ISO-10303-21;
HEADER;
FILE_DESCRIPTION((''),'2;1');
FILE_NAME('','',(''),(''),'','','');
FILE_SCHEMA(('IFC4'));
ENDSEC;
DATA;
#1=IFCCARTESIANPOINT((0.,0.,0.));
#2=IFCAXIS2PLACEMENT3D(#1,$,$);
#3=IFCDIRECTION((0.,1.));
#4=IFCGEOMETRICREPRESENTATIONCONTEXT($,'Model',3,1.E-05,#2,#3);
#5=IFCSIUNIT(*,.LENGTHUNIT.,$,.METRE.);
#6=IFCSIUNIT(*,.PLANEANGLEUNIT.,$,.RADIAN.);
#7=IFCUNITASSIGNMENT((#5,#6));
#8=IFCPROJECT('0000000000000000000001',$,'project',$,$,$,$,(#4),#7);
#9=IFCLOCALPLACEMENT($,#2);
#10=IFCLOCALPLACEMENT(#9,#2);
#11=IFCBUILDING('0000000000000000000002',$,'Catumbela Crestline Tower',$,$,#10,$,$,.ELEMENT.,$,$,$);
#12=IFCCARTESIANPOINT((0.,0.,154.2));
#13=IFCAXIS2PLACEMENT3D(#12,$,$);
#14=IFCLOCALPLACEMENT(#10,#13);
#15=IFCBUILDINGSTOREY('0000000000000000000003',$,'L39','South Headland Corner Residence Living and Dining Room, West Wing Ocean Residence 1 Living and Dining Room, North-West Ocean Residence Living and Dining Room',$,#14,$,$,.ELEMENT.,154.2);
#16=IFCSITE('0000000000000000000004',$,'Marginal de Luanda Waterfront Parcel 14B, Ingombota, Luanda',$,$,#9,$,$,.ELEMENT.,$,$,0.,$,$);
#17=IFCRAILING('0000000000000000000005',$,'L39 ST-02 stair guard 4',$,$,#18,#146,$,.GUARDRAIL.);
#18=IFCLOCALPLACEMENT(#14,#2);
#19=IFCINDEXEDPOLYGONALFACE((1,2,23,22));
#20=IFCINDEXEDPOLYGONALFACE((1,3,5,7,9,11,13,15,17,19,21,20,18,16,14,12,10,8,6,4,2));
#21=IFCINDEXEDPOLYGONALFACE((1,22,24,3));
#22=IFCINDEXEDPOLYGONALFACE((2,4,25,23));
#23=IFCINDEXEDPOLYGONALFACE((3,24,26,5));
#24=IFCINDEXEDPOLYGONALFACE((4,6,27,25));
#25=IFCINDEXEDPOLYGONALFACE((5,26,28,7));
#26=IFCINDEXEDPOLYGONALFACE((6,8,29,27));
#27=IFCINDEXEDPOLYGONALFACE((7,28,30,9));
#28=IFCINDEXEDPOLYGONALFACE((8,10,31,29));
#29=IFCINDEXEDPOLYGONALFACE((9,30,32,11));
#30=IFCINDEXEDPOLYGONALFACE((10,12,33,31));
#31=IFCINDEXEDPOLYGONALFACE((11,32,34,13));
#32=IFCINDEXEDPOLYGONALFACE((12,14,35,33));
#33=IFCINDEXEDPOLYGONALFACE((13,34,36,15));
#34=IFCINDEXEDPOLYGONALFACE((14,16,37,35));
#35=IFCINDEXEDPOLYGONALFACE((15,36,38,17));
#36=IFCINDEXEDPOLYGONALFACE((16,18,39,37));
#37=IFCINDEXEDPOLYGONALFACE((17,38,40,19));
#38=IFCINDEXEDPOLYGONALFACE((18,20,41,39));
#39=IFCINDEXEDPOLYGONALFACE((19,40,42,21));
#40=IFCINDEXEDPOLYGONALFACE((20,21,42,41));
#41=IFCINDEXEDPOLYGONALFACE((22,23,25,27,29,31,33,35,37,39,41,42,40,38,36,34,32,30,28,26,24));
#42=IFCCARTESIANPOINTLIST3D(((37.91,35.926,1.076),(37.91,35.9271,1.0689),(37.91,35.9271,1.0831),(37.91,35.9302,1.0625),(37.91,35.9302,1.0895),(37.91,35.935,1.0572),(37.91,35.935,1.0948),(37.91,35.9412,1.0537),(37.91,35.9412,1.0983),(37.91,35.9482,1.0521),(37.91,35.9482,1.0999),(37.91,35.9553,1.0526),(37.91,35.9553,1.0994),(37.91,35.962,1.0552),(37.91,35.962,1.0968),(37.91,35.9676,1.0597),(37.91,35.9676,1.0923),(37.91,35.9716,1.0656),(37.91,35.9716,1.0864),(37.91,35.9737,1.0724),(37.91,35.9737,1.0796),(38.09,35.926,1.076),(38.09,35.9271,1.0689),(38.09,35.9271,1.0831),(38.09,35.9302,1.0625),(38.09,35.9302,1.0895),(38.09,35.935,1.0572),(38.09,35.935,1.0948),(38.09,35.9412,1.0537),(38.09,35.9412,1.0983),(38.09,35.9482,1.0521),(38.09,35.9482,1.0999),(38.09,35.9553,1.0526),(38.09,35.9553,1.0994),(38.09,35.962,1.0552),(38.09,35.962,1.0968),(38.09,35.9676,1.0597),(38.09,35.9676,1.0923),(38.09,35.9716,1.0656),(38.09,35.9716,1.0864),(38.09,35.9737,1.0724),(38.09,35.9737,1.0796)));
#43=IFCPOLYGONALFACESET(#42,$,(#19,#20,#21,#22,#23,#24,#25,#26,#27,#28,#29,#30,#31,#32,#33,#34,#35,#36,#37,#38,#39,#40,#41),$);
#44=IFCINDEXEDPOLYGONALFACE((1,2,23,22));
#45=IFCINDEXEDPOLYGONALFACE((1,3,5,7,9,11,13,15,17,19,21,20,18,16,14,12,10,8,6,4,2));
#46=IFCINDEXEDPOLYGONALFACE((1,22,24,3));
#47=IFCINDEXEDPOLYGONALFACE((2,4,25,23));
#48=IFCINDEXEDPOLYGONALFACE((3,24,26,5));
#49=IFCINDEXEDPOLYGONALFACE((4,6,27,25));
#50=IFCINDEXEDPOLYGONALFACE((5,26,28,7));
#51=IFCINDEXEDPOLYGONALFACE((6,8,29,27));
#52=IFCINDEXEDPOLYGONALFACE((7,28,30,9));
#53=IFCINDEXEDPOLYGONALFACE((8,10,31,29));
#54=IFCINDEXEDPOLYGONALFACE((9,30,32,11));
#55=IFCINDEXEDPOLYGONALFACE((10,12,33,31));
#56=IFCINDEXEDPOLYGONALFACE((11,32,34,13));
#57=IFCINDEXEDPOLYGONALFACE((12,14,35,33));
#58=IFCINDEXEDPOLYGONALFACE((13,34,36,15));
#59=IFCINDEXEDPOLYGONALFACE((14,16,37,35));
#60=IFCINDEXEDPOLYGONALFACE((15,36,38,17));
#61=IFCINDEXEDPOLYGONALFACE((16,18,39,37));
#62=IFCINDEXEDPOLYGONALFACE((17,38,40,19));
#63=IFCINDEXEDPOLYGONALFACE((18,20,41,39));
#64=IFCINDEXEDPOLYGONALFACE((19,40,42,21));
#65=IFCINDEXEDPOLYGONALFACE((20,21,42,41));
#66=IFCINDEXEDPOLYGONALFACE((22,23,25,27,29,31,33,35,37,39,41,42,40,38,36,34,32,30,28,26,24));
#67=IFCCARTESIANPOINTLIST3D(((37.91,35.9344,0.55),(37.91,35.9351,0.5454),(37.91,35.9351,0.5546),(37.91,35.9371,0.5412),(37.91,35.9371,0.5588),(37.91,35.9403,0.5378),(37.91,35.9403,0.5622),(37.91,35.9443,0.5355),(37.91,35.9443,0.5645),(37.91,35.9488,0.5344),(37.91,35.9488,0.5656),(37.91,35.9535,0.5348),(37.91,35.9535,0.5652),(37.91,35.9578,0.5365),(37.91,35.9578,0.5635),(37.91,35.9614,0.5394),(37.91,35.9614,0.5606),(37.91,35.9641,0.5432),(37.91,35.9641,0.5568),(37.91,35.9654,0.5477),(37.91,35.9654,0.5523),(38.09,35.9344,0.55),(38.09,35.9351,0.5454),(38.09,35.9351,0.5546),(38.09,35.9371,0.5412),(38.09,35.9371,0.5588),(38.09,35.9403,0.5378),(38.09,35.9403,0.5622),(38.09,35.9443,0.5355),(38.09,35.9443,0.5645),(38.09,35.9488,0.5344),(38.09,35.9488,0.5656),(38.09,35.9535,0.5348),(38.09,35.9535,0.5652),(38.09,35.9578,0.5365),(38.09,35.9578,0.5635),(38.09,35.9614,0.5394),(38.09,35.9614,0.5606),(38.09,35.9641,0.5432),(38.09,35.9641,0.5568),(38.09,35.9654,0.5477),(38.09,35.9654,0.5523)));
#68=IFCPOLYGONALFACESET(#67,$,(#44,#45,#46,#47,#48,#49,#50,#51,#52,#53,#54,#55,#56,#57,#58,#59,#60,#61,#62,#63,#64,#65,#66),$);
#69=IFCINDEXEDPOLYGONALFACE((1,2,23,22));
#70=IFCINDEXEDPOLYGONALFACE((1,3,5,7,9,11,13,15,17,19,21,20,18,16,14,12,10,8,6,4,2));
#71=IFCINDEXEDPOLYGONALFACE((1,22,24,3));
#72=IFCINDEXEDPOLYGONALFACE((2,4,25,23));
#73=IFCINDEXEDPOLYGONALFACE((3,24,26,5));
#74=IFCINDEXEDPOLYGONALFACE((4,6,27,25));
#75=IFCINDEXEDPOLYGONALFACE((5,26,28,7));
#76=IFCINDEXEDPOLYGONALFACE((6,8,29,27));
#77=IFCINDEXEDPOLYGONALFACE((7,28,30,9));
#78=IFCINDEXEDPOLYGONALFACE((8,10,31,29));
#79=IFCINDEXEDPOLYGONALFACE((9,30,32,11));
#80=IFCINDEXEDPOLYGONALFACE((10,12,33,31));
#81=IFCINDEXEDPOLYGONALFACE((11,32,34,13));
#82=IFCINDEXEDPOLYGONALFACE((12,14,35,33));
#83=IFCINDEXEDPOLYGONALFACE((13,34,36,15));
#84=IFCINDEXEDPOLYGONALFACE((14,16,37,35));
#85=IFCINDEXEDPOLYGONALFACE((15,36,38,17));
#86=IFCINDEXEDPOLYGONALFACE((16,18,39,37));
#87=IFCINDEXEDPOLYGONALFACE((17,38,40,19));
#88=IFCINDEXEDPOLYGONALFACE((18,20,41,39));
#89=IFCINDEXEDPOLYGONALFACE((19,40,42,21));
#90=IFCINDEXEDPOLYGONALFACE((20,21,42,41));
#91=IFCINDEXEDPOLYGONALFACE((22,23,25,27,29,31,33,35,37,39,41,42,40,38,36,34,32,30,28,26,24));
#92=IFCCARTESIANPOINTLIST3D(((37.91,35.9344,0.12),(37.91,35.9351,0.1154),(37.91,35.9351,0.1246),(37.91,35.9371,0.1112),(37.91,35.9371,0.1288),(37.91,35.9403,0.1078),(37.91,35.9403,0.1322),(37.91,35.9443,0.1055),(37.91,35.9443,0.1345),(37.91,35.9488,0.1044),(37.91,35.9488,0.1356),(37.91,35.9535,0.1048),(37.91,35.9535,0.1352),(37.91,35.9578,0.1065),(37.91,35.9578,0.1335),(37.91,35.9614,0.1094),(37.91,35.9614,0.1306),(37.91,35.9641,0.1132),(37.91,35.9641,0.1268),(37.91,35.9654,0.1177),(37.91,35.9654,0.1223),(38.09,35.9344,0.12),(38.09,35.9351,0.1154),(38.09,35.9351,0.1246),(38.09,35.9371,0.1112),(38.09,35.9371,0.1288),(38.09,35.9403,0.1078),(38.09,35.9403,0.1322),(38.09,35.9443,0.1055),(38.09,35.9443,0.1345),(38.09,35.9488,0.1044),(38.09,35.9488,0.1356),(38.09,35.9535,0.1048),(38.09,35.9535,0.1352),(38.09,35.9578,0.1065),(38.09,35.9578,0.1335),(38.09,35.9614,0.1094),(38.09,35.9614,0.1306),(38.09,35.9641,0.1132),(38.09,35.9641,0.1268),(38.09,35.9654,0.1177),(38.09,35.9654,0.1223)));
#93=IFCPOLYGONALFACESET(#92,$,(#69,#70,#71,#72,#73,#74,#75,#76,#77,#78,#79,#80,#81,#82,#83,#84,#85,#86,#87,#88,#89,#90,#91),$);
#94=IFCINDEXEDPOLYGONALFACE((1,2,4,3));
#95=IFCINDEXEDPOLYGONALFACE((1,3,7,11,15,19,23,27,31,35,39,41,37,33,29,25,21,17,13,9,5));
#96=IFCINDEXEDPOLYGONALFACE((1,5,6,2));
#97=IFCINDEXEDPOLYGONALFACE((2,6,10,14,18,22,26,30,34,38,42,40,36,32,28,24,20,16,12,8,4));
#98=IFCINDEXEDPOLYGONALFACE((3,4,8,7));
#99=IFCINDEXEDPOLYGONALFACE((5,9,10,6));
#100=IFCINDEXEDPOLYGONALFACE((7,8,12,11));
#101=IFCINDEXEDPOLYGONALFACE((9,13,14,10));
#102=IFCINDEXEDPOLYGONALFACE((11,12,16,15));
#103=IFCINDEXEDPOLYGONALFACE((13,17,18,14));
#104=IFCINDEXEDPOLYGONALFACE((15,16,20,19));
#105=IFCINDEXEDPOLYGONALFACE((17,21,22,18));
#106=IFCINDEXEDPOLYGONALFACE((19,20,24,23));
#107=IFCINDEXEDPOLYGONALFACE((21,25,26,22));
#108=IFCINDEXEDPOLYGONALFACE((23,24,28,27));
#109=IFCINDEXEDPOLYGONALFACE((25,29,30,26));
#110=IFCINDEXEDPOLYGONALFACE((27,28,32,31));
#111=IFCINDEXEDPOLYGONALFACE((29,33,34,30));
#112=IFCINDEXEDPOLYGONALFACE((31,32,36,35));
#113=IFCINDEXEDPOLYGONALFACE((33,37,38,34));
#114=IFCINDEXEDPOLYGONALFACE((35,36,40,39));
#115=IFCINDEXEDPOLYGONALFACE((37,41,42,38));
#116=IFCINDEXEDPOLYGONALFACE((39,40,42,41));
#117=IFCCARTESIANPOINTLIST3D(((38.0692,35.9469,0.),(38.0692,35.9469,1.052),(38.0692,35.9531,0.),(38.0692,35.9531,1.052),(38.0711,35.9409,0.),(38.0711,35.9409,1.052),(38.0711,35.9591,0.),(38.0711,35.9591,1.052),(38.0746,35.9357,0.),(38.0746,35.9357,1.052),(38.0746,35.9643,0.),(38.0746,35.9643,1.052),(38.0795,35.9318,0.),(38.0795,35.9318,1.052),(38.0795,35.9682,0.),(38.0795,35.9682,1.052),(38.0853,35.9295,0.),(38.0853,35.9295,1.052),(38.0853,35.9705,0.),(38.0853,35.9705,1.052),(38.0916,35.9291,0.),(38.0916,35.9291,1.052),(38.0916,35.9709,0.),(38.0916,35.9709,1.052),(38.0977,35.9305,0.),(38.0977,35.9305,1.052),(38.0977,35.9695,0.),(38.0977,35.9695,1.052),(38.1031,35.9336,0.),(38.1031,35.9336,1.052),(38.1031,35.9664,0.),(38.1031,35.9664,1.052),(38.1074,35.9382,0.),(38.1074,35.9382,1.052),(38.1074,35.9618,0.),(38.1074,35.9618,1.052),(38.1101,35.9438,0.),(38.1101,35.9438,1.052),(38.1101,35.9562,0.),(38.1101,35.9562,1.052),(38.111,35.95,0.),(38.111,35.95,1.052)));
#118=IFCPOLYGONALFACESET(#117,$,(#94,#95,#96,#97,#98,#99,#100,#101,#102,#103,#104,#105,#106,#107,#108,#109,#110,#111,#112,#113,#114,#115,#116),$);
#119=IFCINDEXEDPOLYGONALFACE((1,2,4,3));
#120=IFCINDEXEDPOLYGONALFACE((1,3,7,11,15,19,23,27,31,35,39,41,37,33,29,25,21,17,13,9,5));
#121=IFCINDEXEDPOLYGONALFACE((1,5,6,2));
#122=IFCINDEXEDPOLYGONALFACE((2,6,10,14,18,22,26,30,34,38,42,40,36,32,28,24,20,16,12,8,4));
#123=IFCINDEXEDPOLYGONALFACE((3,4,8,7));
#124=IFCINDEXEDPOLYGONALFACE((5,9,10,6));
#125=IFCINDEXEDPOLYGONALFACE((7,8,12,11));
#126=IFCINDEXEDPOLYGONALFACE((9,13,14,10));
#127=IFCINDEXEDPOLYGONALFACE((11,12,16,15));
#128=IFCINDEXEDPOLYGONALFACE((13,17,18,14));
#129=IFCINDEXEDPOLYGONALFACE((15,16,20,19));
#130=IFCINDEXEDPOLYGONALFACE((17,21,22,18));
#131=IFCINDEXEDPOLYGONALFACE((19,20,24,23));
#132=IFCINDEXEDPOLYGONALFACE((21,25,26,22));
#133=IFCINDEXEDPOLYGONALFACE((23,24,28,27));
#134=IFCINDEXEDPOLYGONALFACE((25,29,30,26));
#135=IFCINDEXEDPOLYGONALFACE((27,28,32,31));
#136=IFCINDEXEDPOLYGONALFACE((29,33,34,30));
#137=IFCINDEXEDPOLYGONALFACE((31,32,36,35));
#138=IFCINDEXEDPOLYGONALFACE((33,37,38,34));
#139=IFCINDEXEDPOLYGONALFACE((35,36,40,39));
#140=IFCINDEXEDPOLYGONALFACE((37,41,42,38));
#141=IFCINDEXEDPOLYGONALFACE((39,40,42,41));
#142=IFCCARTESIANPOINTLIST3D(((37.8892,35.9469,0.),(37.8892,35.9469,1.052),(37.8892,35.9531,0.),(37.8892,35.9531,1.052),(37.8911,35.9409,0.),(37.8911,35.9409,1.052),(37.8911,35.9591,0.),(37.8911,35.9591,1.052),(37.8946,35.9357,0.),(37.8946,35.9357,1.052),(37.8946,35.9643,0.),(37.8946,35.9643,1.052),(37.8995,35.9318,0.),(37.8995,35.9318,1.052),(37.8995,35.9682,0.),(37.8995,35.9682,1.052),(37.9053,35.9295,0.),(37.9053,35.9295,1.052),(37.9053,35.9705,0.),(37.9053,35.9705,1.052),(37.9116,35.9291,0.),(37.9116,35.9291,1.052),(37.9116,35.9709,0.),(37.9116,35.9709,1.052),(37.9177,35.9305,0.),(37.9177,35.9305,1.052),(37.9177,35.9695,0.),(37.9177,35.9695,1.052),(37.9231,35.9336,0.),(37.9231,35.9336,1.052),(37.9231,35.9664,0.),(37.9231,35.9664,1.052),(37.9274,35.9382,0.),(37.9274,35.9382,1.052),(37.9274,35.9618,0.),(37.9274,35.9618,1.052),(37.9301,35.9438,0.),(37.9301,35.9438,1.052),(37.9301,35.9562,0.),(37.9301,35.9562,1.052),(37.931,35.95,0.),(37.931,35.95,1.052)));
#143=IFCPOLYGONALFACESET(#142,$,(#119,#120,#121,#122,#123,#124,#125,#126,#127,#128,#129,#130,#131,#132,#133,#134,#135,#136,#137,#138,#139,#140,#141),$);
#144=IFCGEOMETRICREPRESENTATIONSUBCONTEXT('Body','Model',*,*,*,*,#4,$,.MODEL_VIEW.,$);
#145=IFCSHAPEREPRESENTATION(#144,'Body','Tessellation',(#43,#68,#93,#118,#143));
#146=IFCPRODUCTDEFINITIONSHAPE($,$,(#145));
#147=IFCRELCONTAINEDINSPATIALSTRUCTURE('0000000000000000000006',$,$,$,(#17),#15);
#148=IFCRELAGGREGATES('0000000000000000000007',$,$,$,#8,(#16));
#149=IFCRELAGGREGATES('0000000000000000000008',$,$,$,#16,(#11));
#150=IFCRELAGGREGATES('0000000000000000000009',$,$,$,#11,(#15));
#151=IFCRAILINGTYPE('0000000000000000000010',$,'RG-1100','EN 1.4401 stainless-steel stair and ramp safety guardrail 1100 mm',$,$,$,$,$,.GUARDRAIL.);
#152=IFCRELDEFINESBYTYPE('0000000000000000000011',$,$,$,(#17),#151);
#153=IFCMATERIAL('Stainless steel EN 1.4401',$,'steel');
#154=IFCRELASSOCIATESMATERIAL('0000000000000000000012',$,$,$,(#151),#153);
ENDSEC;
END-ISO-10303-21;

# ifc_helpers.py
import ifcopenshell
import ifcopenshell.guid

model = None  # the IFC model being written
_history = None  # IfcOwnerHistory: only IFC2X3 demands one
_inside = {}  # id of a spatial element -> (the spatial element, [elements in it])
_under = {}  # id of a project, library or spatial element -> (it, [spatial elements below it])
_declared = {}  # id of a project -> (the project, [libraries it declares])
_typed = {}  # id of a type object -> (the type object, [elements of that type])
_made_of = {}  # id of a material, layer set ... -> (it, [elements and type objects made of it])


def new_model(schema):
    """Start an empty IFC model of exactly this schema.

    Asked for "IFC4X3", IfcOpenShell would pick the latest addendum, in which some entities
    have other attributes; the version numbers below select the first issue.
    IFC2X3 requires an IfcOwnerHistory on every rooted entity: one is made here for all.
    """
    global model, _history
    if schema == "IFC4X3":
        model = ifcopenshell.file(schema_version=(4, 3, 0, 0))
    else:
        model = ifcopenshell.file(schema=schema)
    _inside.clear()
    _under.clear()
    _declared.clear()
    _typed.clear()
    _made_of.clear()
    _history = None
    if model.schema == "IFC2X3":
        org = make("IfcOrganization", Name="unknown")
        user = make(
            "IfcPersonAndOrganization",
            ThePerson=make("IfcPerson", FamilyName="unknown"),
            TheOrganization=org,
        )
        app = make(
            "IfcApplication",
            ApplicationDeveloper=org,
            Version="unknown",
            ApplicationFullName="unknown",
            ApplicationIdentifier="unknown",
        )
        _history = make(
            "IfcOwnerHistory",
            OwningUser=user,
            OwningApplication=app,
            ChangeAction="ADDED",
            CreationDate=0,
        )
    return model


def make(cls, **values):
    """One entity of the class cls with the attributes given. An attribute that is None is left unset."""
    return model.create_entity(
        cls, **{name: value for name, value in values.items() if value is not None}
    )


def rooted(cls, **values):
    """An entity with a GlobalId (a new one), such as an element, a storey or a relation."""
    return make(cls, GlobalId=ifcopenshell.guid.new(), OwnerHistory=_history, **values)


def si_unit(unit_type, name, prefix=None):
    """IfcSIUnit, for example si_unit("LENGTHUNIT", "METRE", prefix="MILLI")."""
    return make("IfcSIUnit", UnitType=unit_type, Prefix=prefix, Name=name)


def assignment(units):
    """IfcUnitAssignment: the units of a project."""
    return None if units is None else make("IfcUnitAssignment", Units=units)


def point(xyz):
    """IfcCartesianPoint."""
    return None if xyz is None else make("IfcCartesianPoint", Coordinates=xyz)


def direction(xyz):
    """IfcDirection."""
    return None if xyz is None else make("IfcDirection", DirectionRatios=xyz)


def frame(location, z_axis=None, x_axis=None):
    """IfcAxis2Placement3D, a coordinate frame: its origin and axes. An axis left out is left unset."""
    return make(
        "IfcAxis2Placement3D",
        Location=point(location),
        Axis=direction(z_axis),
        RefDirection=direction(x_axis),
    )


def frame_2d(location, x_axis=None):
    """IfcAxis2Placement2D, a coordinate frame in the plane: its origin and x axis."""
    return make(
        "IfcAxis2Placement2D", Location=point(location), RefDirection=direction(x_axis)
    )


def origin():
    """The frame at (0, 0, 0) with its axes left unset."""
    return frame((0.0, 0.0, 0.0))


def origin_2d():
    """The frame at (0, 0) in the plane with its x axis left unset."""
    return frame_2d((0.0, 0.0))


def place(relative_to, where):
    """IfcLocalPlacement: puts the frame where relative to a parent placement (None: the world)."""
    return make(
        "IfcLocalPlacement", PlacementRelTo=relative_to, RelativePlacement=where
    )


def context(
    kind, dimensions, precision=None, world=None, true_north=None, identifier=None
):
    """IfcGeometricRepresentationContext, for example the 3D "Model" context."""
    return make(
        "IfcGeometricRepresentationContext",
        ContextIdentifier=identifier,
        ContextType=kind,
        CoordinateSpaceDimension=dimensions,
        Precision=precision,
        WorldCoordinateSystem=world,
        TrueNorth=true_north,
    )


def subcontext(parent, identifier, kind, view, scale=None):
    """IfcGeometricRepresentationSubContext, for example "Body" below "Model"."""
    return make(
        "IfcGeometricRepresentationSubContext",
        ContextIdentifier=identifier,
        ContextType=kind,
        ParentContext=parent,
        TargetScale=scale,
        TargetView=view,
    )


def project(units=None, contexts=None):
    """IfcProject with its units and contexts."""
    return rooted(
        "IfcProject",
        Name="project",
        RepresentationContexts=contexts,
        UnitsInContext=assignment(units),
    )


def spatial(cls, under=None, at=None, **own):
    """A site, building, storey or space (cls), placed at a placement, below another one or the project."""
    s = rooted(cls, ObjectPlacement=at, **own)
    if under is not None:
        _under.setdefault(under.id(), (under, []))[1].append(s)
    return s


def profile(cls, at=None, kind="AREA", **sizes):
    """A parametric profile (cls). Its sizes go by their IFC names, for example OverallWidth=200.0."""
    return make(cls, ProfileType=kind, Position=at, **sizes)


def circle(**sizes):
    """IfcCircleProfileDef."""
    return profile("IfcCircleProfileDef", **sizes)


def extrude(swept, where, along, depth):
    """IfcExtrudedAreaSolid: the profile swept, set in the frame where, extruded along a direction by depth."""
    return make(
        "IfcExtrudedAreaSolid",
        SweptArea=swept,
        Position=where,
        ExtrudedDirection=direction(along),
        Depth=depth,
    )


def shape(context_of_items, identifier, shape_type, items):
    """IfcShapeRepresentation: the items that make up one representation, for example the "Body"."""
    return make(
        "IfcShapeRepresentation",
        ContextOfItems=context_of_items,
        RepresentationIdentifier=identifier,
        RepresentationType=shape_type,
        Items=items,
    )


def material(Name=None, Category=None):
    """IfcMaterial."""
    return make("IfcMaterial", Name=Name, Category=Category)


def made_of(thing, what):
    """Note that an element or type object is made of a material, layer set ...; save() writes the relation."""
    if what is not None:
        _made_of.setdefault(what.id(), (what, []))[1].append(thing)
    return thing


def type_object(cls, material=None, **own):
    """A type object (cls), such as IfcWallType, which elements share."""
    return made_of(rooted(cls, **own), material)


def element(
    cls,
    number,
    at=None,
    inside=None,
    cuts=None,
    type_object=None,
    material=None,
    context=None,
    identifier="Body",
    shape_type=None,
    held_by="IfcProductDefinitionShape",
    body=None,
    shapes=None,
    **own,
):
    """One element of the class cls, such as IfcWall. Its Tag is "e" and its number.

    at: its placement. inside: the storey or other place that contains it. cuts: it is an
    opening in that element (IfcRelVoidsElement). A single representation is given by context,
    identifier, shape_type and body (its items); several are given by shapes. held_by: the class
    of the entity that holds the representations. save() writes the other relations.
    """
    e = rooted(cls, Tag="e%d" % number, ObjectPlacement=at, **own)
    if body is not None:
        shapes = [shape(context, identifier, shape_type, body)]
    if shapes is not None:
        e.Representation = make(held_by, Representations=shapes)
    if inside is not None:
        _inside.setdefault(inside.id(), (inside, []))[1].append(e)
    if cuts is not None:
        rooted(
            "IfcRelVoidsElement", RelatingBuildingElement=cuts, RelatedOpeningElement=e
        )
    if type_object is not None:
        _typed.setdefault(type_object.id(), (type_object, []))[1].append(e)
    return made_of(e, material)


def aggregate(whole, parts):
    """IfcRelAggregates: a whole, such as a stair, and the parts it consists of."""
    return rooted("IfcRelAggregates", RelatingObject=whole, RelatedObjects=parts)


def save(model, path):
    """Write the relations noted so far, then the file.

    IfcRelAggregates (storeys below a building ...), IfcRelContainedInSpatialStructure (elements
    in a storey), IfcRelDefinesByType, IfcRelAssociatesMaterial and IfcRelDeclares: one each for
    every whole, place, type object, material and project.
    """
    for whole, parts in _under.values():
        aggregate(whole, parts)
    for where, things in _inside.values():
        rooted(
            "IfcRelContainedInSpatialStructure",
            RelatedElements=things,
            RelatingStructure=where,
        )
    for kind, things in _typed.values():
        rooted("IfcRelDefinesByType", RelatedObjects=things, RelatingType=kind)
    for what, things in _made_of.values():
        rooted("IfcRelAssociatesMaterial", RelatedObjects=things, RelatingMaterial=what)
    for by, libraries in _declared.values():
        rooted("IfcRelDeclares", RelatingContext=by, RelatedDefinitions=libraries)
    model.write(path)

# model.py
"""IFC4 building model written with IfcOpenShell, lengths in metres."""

from ifc_helpers import new_model, si_unit, direction, frame, origin, origin_2d, place, context, subcontext, project, spatial, circle, extrude, material, type_object, element, save


model = new_model("IFC4")

# Units and contexts
model_context = context("Model", 3, precision=1e-05, world=origin(), true_north=direction((0.0, 1.0)))
body_context = subcontext(model_context, "Body", "Model", "MODEL_VIEW")
ifc_project = project(units=[si_unit("LENGTHUNIT", "METRE"), si_unit("PLANEANGLEUNIT", "RADIAN")], contexts=[model_context])

# Site, building, storey
site_placement = place(None, origin())
site = spatial("IfcSite", under=ifc_project, at=site_placement, Name="Marginal de Luanda Waterfront Parcel 14B, Ingombota, Luanda", CompositionType="ELEMENT", RefElevation=0.0)
building_placement = place(site_placement, origin())
building = spatial("IfcBuilding", under=site, at=building_placement, Name="Catumbela Crestline Tower", CompositionType="ELEMENT")
storey_placement = place(building_placement, frame((0.0, 0.0, 154.2)))
storey = spatial("IfcBuildingStorey", under=building, at=storey_placement, Name="L39", Description="South Headland Corner Residence Living and Dining Room, West Wing Ocean Residence 1 Living and Dining Room, North-West Ocean Residence Living and Dining Room", CompositionType="ELEMENT", Elevation=154.2)

# Shared definitions
ifc_material_1 = material(Name="Stainless steel EN 1.4401", Category="steel")

# Railing
railing_type_1 = type_object("IfcRailingType", Name="RG-1100", Description="EN 1.4401 stainless-steel stair and ramp safety guardrail 1100 mm", PredefinedType="GUARDRAIL", material=ifc_material_1)
railing_1_placement = place(storey_placement, frame((38.09, 35.95, 0.0)))
element("IfcRailing", 1, at=railing_1_placement, inside=storey, type_object=railing_type_1, Name="L39 ST-02 stair guard 4", PredefinedType="GUARDRAIL", context=body_context, shape_type="SweptSolid", body=[
    extrude(circle(Radius=0.024, at=origin_2d()), frame((0.0, 0.0, 1.076), z_axis=(-1.0, 0.0, 0.0), x_axis=(0.0, -1.0, 0.0)), (0.0, 0.0, 1.0), 0.18),
    extrude(circle(Radius=0.0156, at=origin_2d()), frame((0.0, 0.0, 0.55), z_axis=(-1.0, 0.0, 0.0), x_axis=(0.0, -1.0, 0.0)), (0.0, 0.0, 1.0), 0.18),
    extrude(circle(Radius=0.0156, at=origin_2d()), frame((0.0, 0.0, 0.12), z_axis=(-1.0, 0.0, 0.0), x_axis=(0.0, -1.0, 0.0)), (0.0, 0.0, 1.0), 0.18),
    extrude(circle(Radius=0.021, at=origin_2d()), origin(), (0.0, 0.0, 1.0), 1.052),
    extrude(circle(Radius=0.021, at=origin_2d()), frame((-0.18, 0.0, 0.0)), (0.0, 0.0, 1.0), 1.052),
])

save(model, "model.ifc")
